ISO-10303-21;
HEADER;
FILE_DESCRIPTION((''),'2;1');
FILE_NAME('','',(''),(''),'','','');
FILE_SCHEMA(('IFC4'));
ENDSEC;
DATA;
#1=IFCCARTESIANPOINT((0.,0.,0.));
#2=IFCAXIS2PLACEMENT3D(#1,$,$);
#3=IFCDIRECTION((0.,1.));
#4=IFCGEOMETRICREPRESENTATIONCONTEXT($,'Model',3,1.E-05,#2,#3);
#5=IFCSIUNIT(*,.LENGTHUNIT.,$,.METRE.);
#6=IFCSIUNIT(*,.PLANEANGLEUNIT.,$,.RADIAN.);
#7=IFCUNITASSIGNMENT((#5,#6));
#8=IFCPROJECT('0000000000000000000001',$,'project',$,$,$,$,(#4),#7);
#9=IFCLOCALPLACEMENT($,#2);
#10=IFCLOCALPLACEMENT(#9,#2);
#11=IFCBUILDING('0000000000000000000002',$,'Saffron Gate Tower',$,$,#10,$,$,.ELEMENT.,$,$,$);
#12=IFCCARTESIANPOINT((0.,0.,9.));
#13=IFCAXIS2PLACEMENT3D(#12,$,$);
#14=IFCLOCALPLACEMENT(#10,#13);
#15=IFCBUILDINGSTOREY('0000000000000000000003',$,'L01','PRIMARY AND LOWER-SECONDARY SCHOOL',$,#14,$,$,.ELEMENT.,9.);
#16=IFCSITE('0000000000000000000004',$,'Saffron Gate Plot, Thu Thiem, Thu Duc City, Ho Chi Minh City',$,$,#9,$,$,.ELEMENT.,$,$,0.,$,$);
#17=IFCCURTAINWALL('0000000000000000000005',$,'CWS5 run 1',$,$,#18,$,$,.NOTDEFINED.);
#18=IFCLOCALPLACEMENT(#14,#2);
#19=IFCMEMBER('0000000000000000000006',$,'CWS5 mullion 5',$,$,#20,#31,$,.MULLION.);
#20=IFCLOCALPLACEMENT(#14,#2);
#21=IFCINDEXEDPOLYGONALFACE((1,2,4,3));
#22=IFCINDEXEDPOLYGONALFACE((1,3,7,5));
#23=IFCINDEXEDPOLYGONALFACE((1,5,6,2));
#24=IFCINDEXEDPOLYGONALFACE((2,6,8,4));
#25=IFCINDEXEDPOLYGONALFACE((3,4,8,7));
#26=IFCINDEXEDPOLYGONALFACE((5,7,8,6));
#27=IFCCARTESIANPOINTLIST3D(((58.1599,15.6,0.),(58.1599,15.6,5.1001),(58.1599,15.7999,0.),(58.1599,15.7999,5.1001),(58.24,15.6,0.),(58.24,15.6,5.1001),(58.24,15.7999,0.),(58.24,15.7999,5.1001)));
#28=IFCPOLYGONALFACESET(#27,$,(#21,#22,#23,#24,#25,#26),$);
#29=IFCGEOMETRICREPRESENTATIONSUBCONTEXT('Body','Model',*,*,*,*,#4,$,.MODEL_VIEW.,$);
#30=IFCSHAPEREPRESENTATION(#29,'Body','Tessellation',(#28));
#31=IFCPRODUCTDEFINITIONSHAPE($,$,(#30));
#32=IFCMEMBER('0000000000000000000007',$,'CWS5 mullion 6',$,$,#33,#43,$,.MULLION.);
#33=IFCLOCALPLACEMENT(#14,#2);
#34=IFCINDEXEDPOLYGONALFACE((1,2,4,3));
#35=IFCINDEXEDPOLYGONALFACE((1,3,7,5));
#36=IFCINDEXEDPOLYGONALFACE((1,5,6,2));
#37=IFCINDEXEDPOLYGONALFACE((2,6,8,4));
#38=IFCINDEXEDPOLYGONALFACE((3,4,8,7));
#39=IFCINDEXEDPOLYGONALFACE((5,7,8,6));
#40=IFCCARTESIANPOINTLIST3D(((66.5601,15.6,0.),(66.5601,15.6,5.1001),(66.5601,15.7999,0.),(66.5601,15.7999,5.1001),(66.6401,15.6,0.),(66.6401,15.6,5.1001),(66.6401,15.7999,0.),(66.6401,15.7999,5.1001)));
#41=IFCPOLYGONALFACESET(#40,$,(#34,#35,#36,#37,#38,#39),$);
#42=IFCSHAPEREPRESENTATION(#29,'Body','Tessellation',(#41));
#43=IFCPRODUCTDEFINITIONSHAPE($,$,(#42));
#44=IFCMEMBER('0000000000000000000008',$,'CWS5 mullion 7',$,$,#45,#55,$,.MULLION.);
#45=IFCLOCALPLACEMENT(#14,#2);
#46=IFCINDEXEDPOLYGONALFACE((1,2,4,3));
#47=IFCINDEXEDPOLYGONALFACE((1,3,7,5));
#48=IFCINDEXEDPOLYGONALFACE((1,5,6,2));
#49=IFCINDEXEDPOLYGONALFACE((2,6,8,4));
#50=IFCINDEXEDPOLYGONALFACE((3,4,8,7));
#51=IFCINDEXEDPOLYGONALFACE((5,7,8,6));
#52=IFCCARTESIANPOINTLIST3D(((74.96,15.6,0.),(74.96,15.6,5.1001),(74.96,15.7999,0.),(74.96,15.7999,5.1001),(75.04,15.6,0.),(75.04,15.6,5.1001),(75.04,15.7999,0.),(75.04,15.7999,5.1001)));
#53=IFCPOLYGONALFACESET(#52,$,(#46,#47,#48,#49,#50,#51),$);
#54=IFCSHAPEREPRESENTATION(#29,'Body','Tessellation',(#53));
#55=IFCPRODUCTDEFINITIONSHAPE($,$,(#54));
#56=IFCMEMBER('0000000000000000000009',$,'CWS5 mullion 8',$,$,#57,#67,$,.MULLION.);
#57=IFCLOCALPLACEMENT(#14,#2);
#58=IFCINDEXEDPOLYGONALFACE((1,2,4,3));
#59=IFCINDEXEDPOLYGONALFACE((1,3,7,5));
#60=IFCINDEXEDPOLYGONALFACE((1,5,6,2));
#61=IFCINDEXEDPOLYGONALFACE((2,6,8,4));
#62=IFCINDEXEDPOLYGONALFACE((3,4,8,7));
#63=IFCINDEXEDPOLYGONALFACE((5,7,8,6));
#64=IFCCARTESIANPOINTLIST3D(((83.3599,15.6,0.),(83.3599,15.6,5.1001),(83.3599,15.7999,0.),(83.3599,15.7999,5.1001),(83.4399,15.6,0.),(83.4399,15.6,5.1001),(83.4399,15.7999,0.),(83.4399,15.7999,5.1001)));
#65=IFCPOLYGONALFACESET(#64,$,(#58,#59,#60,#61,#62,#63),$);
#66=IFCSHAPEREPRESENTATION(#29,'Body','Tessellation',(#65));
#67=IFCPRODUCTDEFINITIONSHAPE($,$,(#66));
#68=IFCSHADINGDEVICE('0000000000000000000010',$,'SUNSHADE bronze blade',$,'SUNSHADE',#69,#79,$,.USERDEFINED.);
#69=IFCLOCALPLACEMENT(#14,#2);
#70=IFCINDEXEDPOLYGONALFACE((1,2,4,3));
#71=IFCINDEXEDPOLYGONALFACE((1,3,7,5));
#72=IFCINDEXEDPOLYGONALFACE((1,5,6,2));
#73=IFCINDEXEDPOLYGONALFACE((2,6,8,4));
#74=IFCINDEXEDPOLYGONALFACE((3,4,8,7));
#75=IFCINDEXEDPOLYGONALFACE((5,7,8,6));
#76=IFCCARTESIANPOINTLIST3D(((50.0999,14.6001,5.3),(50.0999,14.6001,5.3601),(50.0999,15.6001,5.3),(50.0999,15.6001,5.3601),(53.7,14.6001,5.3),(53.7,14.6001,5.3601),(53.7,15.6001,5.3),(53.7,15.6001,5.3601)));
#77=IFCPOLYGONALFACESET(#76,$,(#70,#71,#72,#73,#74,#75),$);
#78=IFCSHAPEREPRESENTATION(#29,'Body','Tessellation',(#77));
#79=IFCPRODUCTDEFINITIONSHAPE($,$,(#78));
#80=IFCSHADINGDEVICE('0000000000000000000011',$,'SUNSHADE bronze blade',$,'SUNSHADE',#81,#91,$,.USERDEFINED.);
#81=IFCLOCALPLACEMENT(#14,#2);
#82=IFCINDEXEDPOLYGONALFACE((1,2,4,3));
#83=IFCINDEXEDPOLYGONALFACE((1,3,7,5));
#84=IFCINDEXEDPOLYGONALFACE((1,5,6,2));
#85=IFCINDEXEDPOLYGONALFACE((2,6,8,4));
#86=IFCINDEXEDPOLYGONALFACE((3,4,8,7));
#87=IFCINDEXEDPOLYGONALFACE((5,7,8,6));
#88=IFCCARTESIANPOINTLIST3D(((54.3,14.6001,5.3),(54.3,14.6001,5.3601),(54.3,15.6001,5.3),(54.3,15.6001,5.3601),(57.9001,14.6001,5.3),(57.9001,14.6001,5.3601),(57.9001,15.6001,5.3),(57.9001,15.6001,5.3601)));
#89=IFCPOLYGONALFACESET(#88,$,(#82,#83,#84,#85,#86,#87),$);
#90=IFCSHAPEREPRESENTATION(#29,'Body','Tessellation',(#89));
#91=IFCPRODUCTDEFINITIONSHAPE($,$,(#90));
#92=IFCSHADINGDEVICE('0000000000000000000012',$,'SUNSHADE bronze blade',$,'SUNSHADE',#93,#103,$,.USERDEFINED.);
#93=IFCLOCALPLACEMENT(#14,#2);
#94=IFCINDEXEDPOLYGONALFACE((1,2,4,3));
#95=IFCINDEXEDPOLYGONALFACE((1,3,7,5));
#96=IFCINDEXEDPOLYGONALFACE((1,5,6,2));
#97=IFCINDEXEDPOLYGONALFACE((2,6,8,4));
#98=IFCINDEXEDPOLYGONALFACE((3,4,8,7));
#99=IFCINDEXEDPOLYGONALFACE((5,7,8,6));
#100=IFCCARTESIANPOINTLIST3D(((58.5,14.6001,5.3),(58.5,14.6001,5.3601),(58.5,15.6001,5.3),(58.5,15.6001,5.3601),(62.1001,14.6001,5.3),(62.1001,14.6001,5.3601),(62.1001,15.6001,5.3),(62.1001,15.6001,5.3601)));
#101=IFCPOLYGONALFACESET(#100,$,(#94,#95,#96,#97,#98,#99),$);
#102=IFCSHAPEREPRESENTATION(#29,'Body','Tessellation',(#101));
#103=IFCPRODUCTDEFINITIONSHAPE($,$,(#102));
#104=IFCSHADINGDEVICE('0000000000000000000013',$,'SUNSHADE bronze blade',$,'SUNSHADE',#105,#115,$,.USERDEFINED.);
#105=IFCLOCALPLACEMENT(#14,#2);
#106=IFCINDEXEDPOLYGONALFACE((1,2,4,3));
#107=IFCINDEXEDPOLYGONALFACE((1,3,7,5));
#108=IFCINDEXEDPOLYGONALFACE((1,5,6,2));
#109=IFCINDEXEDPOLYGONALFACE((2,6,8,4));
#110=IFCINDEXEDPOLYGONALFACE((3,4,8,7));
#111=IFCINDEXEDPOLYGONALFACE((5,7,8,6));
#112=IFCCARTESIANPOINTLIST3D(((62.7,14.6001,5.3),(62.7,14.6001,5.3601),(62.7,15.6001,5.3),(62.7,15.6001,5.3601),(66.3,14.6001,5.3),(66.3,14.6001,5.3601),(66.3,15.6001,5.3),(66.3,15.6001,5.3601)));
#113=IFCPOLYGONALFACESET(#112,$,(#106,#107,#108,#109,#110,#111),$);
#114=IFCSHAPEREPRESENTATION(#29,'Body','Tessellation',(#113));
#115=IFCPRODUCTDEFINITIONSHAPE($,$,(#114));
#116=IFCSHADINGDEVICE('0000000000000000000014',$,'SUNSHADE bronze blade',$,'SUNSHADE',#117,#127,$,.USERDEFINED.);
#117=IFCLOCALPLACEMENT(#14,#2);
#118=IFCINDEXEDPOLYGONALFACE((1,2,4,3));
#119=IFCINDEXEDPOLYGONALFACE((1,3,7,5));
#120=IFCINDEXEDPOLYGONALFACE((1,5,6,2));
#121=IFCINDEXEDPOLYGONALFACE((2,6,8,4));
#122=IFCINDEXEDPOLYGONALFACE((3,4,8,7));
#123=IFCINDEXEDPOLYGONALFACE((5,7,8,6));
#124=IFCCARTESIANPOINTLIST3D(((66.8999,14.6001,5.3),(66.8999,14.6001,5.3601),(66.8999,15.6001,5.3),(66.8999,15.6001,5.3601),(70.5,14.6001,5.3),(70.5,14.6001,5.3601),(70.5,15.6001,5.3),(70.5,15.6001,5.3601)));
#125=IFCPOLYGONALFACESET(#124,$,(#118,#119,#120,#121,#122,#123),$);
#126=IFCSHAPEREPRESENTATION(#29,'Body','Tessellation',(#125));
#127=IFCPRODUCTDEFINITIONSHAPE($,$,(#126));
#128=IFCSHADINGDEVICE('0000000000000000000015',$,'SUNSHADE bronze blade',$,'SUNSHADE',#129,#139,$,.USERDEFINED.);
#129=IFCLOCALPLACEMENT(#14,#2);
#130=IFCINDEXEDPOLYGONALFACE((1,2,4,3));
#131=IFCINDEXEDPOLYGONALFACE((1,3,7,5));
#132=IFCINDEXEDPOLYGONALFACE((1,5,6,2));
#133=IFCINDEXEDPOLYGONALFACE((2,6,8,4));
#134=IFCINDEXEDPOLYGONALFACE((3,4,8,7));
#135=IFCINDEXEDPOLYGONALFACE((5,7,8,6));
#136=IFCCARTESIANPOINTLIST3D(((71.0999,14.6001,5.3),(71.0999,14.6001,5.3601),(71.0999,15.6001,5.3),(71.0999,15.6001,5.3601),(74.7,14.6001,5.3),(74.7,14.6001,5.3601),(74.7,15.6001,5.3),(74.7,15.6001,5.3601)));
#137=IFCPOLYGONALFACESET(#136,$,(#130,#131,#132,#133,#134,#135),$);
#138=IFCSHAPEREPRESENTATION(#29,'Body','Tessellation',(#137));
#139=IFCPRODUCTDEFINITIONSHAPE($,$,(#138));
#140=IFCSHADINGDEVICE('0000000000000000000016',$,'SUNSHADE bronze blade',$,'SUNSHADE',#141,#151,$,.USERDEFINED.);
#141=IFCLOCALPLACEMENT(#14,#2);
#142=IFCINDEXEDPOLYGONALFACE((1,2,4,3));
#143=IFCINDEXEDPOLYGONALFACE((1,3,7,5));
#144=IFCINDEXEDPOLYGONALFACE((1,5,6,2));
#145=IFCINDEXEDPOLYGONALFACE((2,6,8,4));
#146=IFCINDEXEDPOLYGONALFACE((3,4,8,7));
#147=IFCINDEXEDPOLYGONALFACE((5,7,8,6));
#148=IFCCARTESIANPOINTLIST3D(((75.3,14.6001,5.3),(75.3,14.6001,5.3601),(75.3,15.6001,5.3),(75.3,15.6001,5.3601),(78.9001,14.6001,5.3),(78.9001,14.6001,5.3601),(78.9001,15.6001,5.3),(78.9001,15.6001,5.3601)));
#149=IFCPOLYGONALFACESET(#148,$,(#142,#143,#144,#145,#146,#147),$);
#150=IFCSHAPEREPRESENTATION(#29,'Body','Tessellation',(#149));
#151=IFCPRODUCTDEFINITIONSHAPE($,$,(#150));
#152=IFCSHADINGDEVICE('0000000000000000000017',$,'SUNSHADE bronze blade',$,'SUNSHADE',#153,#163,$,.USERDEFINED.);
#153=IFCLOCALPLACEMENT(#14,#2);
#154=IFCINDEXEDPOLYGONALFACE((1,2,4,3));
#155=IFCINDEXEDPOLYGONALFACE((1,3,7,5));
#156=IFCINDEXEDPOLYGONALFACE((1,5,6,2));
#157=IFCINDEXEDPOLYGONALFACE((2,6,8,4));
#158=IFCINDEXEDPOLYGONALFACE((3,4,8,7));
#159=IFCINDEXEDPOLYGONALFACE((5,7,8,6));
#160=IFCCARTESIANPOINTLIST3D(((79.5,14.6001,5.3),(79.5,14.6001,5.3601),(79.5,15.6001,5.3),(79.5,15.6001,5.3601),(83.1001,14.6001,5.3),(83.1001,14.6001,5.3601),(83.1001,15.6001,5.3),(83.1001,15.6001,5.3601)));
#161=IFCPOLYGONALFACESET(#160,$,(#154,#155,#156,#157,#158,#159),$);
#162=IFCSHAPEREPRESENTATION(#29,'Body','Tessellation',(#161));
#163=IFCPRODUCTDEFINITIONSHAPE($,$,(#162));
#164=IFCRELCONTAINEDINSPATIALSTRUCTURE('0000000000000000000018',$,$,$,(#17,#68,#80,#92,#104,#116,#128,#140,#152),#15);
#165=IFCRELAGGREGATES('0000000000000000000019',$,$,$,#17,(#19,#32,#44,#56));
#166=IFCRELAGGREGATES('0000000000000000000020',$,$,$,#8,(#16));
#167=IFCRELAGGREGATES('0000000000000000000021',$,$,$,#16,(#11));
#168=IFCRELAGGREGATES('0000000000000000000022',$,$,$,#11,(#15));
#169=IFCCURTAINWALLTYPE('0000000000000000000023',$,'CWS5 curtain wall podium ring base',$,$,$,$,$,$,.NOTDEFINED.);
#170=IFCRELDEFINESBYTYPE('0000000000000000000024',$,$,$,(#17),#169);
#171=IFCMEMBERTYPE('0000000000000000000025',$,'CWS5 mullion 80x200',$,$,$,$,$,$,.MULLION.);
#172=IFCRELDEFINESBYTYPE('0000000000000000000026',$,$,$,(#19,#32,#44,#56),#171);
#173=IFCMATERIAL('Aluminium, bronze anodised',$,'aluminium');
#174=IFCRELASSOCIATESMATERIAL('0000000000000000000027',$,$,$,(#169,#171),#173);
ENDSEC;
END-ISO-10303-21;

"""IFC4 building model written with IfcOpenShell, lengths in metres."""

from ifc_helpers import new_model, si_unit, direction, frame, origin, origin_2d, place, context, subcontext, project, spatial, rectangle, extrude, material, material_profile, profile_set, type_object, element, aggregate, save


model = new_model("IFC4")

# Units and contexts
model_context = context("Model", 3, precision=1e-05, world=origin(), true_north=direction((0.0, 1.0)))
body_context = subcontext(model_context, "Body", "Model", "MODEL_VIEW")
ifc_project = project(units=[si_unit("LENGTHUNIT", "METRE"), si_unit("PLANEANGLEUNIT", "RADIAN")], contexts=[model_context])

# Site, building, storey
site_placement = place(None, origin())
site = spatial("IfcSite", under=ifc_project, at=site_placement, Name="Saffron Gate Plot, Thu Thiem, Thu Duc City, Ho Chi Minh City", CompositionType="ELEMENT", RefElevation=0.0)
building_placement = place(site_placement, origin())
building = spatial("IfcBuilding", under=site, at=building_placement, Name="Saffron Gate Tower", CompositionType="ELEMENT")
storey_placement = place(building_placement, frame((0.0, 0.0, 9.0)))
storey = spatial("IfcBuildingStorey", under=building, at=storey_placement, Name="L01", Description="PRIMARY AND LOWER-SECONDARY SCHOOL", CompositionType="ELEMENT", Elevation=9.0)

# Curtain wall, members
ifc_material_1 = material(Name="Aluminium, bronze anodised", Category="aluminium")
curtain_wall_type = type_object("IfcCurtainWallType", Name="CWS5 curtain wall podium ring base", PredefinedType="NOTDEFINED", material=ifc_material_1)
curtain_wall_placement = place(storey_placement, origin())
curtain_wall = element("IfcCurtainWall", 1, at=curtain_wall_placement, inside=storey, type_object=curtain_wall_type, Name="CWS5 run 1", PredefinedType="NOTDEFINED")
ifc_material_profile_1 = material_profile(ifc_material_1, rectangle(XDim=0.2, YDim=0.0801, at=origin_2d()))
ifc_profile_set_1 = profile_set([ifc_material_profile_1], Name="Aluminium, bronze anodised")
member_type = type_object("IfcMemberType", Name="CWS5 mullion 80x200", PredefinedType="MULLION", material=ifc_profile_set_1)
member_1_placement = place(storey_placement, frame((58.2, 15.7, 0.0), z_axis=(0.0, 0.0, 1.0), x_axis=(0.0, 1.0, 0.0)))
member_1 = element("IfcMember", 2, at=member_1_placement, type_object=member_type, Name="CWS5 mullion 5", PredefinedType="MULLION", context=body_context, shape_type="SweptSolid", body=[
    extrude(rectangle(XDim=0.2, YDim=0.0801, at=origin_2d()), origin(), (0.0, 0.0, 1.0), 5.1001),
])
member_2_placement = place(storey_placement, frame((66.6001, 15.7, 0.0), z_axis=(0.0, 0.0, 1.0), x_axis=(0.0, 1.0, 0.0)))
member_2 = element("IfcMember", 3, at=member_2_placement, type_object=member_type, Name="CWS5 mullion 6", PredefinedType="MULLION", context=body_context, shape_type="SweptSolid", body=[
    extrude(rectangle(XDim=0.2, YDim=0.0801, at=origin_2d()), origin(), (0.0, 0.0, 1.0), 5.1001),
])
member_3_placement = place(storey_placement, frame((75.0, 15.7, 0.0), z_axis=(0.0, 0.0, 1.0), x_axis=(0.0, 1.0, 0.0)))
member_3 = element("IfcMember", 4, at=member_3_placement, type_object=member_type, Name="CWS5 mullion 7", PredefinedType="MULLION", context=body_context, shape_type="SweptSolid", body=[
    extrude(rectangle(XDim=0.2, YDim=0.0801, at=origin_2d()), origin(), (0.0, 0.0, 1.0), 5.1001),
])
member_4_placement = place(storey_placement, frame((83.3999, 15.7, 0.0), z_axis=(0.0, 0.0, 1.0), x_axis=(0.0, 1.0, 0.0)))
member_4 = element("IfcMember", 5, at=member_4_placement, type_object=member_type, Name="CWS5 mullion 8", PredefinedType="MULLION", context=body_context, shape_type="SweptSolid", body=[
    extrude(rectangle(XDim=0.2, YDim=0.0801, at=origin_2d()), origin(), (0.0, 0.0, 1.0), 5.1001),
])
aggregate(curtain_wall, [member_1, member_2, member_3, member_4])

# Shading devices
for number, where, z_axis, x_axis, name in (
    (6, (51.8999, 15.1001, 5.3), (0.0, 0.0, 1.0), (1.0, 0.0, 0.0), "SUNSHADE bronze blade"),
    (7, (56.1001, 15.1001, 5.3), (0.0, 0.0, 1.0), (1.0, 0.0, 0.0), "SUNSHADE bronze blade"),
    (8, (60.3, 15.1001, 5.3), (0.0, 0.0, 1.0), (1.0, 0.0, 0.0), "SUNSHADE bronze blade"),
    (9, (64.5, 15.1001, 5.3), (0.0, 0.0, 1.0), (1.0, 0.0, 0.0), "SUNSHADE bronze blade"),
    (10, (68.7, 15.1001, 5.3), (0.0, 0.0, 1.0), (1.0, 0.0, 0.0), "SUNSHADE bronze blade"),
    (11, (72.8999, 15.1001, 5.3), (0.0, 0.0, 1.0), (1.0, 0.0, 0.0), "SUNSHADE bronze blade"),
    (12, (77.1001, 15.1001, 5.3), (0.0, 0.0, 1.0), (1.0, 0.0, 0.0), "SUNSHADE bronze blade"),
    (13, (81.3, 15.1001, 5.3), (0.0, 0.0, 1.0), (1.0, 0.0, 0.0), "SUNSHADE bronze blade"),
):
    element("IfcShadingDevice", number, at=place(storey_placement, frame(where, z_axis=z_axis, x_axis=x_axis)), inside=storey, Name=name, ObjectType="SUNSHADE", PredefinedType="USERDEFINED", context=body_context, shape_type="SweptSolid", body=[
        extrude(rectangle(XDim=3.6001, YDim=1.0, at=origin_2d()), origin(), (0.0, 0.0, 1.0), 0.0601),
    ])

save(model, "model.ifc")
